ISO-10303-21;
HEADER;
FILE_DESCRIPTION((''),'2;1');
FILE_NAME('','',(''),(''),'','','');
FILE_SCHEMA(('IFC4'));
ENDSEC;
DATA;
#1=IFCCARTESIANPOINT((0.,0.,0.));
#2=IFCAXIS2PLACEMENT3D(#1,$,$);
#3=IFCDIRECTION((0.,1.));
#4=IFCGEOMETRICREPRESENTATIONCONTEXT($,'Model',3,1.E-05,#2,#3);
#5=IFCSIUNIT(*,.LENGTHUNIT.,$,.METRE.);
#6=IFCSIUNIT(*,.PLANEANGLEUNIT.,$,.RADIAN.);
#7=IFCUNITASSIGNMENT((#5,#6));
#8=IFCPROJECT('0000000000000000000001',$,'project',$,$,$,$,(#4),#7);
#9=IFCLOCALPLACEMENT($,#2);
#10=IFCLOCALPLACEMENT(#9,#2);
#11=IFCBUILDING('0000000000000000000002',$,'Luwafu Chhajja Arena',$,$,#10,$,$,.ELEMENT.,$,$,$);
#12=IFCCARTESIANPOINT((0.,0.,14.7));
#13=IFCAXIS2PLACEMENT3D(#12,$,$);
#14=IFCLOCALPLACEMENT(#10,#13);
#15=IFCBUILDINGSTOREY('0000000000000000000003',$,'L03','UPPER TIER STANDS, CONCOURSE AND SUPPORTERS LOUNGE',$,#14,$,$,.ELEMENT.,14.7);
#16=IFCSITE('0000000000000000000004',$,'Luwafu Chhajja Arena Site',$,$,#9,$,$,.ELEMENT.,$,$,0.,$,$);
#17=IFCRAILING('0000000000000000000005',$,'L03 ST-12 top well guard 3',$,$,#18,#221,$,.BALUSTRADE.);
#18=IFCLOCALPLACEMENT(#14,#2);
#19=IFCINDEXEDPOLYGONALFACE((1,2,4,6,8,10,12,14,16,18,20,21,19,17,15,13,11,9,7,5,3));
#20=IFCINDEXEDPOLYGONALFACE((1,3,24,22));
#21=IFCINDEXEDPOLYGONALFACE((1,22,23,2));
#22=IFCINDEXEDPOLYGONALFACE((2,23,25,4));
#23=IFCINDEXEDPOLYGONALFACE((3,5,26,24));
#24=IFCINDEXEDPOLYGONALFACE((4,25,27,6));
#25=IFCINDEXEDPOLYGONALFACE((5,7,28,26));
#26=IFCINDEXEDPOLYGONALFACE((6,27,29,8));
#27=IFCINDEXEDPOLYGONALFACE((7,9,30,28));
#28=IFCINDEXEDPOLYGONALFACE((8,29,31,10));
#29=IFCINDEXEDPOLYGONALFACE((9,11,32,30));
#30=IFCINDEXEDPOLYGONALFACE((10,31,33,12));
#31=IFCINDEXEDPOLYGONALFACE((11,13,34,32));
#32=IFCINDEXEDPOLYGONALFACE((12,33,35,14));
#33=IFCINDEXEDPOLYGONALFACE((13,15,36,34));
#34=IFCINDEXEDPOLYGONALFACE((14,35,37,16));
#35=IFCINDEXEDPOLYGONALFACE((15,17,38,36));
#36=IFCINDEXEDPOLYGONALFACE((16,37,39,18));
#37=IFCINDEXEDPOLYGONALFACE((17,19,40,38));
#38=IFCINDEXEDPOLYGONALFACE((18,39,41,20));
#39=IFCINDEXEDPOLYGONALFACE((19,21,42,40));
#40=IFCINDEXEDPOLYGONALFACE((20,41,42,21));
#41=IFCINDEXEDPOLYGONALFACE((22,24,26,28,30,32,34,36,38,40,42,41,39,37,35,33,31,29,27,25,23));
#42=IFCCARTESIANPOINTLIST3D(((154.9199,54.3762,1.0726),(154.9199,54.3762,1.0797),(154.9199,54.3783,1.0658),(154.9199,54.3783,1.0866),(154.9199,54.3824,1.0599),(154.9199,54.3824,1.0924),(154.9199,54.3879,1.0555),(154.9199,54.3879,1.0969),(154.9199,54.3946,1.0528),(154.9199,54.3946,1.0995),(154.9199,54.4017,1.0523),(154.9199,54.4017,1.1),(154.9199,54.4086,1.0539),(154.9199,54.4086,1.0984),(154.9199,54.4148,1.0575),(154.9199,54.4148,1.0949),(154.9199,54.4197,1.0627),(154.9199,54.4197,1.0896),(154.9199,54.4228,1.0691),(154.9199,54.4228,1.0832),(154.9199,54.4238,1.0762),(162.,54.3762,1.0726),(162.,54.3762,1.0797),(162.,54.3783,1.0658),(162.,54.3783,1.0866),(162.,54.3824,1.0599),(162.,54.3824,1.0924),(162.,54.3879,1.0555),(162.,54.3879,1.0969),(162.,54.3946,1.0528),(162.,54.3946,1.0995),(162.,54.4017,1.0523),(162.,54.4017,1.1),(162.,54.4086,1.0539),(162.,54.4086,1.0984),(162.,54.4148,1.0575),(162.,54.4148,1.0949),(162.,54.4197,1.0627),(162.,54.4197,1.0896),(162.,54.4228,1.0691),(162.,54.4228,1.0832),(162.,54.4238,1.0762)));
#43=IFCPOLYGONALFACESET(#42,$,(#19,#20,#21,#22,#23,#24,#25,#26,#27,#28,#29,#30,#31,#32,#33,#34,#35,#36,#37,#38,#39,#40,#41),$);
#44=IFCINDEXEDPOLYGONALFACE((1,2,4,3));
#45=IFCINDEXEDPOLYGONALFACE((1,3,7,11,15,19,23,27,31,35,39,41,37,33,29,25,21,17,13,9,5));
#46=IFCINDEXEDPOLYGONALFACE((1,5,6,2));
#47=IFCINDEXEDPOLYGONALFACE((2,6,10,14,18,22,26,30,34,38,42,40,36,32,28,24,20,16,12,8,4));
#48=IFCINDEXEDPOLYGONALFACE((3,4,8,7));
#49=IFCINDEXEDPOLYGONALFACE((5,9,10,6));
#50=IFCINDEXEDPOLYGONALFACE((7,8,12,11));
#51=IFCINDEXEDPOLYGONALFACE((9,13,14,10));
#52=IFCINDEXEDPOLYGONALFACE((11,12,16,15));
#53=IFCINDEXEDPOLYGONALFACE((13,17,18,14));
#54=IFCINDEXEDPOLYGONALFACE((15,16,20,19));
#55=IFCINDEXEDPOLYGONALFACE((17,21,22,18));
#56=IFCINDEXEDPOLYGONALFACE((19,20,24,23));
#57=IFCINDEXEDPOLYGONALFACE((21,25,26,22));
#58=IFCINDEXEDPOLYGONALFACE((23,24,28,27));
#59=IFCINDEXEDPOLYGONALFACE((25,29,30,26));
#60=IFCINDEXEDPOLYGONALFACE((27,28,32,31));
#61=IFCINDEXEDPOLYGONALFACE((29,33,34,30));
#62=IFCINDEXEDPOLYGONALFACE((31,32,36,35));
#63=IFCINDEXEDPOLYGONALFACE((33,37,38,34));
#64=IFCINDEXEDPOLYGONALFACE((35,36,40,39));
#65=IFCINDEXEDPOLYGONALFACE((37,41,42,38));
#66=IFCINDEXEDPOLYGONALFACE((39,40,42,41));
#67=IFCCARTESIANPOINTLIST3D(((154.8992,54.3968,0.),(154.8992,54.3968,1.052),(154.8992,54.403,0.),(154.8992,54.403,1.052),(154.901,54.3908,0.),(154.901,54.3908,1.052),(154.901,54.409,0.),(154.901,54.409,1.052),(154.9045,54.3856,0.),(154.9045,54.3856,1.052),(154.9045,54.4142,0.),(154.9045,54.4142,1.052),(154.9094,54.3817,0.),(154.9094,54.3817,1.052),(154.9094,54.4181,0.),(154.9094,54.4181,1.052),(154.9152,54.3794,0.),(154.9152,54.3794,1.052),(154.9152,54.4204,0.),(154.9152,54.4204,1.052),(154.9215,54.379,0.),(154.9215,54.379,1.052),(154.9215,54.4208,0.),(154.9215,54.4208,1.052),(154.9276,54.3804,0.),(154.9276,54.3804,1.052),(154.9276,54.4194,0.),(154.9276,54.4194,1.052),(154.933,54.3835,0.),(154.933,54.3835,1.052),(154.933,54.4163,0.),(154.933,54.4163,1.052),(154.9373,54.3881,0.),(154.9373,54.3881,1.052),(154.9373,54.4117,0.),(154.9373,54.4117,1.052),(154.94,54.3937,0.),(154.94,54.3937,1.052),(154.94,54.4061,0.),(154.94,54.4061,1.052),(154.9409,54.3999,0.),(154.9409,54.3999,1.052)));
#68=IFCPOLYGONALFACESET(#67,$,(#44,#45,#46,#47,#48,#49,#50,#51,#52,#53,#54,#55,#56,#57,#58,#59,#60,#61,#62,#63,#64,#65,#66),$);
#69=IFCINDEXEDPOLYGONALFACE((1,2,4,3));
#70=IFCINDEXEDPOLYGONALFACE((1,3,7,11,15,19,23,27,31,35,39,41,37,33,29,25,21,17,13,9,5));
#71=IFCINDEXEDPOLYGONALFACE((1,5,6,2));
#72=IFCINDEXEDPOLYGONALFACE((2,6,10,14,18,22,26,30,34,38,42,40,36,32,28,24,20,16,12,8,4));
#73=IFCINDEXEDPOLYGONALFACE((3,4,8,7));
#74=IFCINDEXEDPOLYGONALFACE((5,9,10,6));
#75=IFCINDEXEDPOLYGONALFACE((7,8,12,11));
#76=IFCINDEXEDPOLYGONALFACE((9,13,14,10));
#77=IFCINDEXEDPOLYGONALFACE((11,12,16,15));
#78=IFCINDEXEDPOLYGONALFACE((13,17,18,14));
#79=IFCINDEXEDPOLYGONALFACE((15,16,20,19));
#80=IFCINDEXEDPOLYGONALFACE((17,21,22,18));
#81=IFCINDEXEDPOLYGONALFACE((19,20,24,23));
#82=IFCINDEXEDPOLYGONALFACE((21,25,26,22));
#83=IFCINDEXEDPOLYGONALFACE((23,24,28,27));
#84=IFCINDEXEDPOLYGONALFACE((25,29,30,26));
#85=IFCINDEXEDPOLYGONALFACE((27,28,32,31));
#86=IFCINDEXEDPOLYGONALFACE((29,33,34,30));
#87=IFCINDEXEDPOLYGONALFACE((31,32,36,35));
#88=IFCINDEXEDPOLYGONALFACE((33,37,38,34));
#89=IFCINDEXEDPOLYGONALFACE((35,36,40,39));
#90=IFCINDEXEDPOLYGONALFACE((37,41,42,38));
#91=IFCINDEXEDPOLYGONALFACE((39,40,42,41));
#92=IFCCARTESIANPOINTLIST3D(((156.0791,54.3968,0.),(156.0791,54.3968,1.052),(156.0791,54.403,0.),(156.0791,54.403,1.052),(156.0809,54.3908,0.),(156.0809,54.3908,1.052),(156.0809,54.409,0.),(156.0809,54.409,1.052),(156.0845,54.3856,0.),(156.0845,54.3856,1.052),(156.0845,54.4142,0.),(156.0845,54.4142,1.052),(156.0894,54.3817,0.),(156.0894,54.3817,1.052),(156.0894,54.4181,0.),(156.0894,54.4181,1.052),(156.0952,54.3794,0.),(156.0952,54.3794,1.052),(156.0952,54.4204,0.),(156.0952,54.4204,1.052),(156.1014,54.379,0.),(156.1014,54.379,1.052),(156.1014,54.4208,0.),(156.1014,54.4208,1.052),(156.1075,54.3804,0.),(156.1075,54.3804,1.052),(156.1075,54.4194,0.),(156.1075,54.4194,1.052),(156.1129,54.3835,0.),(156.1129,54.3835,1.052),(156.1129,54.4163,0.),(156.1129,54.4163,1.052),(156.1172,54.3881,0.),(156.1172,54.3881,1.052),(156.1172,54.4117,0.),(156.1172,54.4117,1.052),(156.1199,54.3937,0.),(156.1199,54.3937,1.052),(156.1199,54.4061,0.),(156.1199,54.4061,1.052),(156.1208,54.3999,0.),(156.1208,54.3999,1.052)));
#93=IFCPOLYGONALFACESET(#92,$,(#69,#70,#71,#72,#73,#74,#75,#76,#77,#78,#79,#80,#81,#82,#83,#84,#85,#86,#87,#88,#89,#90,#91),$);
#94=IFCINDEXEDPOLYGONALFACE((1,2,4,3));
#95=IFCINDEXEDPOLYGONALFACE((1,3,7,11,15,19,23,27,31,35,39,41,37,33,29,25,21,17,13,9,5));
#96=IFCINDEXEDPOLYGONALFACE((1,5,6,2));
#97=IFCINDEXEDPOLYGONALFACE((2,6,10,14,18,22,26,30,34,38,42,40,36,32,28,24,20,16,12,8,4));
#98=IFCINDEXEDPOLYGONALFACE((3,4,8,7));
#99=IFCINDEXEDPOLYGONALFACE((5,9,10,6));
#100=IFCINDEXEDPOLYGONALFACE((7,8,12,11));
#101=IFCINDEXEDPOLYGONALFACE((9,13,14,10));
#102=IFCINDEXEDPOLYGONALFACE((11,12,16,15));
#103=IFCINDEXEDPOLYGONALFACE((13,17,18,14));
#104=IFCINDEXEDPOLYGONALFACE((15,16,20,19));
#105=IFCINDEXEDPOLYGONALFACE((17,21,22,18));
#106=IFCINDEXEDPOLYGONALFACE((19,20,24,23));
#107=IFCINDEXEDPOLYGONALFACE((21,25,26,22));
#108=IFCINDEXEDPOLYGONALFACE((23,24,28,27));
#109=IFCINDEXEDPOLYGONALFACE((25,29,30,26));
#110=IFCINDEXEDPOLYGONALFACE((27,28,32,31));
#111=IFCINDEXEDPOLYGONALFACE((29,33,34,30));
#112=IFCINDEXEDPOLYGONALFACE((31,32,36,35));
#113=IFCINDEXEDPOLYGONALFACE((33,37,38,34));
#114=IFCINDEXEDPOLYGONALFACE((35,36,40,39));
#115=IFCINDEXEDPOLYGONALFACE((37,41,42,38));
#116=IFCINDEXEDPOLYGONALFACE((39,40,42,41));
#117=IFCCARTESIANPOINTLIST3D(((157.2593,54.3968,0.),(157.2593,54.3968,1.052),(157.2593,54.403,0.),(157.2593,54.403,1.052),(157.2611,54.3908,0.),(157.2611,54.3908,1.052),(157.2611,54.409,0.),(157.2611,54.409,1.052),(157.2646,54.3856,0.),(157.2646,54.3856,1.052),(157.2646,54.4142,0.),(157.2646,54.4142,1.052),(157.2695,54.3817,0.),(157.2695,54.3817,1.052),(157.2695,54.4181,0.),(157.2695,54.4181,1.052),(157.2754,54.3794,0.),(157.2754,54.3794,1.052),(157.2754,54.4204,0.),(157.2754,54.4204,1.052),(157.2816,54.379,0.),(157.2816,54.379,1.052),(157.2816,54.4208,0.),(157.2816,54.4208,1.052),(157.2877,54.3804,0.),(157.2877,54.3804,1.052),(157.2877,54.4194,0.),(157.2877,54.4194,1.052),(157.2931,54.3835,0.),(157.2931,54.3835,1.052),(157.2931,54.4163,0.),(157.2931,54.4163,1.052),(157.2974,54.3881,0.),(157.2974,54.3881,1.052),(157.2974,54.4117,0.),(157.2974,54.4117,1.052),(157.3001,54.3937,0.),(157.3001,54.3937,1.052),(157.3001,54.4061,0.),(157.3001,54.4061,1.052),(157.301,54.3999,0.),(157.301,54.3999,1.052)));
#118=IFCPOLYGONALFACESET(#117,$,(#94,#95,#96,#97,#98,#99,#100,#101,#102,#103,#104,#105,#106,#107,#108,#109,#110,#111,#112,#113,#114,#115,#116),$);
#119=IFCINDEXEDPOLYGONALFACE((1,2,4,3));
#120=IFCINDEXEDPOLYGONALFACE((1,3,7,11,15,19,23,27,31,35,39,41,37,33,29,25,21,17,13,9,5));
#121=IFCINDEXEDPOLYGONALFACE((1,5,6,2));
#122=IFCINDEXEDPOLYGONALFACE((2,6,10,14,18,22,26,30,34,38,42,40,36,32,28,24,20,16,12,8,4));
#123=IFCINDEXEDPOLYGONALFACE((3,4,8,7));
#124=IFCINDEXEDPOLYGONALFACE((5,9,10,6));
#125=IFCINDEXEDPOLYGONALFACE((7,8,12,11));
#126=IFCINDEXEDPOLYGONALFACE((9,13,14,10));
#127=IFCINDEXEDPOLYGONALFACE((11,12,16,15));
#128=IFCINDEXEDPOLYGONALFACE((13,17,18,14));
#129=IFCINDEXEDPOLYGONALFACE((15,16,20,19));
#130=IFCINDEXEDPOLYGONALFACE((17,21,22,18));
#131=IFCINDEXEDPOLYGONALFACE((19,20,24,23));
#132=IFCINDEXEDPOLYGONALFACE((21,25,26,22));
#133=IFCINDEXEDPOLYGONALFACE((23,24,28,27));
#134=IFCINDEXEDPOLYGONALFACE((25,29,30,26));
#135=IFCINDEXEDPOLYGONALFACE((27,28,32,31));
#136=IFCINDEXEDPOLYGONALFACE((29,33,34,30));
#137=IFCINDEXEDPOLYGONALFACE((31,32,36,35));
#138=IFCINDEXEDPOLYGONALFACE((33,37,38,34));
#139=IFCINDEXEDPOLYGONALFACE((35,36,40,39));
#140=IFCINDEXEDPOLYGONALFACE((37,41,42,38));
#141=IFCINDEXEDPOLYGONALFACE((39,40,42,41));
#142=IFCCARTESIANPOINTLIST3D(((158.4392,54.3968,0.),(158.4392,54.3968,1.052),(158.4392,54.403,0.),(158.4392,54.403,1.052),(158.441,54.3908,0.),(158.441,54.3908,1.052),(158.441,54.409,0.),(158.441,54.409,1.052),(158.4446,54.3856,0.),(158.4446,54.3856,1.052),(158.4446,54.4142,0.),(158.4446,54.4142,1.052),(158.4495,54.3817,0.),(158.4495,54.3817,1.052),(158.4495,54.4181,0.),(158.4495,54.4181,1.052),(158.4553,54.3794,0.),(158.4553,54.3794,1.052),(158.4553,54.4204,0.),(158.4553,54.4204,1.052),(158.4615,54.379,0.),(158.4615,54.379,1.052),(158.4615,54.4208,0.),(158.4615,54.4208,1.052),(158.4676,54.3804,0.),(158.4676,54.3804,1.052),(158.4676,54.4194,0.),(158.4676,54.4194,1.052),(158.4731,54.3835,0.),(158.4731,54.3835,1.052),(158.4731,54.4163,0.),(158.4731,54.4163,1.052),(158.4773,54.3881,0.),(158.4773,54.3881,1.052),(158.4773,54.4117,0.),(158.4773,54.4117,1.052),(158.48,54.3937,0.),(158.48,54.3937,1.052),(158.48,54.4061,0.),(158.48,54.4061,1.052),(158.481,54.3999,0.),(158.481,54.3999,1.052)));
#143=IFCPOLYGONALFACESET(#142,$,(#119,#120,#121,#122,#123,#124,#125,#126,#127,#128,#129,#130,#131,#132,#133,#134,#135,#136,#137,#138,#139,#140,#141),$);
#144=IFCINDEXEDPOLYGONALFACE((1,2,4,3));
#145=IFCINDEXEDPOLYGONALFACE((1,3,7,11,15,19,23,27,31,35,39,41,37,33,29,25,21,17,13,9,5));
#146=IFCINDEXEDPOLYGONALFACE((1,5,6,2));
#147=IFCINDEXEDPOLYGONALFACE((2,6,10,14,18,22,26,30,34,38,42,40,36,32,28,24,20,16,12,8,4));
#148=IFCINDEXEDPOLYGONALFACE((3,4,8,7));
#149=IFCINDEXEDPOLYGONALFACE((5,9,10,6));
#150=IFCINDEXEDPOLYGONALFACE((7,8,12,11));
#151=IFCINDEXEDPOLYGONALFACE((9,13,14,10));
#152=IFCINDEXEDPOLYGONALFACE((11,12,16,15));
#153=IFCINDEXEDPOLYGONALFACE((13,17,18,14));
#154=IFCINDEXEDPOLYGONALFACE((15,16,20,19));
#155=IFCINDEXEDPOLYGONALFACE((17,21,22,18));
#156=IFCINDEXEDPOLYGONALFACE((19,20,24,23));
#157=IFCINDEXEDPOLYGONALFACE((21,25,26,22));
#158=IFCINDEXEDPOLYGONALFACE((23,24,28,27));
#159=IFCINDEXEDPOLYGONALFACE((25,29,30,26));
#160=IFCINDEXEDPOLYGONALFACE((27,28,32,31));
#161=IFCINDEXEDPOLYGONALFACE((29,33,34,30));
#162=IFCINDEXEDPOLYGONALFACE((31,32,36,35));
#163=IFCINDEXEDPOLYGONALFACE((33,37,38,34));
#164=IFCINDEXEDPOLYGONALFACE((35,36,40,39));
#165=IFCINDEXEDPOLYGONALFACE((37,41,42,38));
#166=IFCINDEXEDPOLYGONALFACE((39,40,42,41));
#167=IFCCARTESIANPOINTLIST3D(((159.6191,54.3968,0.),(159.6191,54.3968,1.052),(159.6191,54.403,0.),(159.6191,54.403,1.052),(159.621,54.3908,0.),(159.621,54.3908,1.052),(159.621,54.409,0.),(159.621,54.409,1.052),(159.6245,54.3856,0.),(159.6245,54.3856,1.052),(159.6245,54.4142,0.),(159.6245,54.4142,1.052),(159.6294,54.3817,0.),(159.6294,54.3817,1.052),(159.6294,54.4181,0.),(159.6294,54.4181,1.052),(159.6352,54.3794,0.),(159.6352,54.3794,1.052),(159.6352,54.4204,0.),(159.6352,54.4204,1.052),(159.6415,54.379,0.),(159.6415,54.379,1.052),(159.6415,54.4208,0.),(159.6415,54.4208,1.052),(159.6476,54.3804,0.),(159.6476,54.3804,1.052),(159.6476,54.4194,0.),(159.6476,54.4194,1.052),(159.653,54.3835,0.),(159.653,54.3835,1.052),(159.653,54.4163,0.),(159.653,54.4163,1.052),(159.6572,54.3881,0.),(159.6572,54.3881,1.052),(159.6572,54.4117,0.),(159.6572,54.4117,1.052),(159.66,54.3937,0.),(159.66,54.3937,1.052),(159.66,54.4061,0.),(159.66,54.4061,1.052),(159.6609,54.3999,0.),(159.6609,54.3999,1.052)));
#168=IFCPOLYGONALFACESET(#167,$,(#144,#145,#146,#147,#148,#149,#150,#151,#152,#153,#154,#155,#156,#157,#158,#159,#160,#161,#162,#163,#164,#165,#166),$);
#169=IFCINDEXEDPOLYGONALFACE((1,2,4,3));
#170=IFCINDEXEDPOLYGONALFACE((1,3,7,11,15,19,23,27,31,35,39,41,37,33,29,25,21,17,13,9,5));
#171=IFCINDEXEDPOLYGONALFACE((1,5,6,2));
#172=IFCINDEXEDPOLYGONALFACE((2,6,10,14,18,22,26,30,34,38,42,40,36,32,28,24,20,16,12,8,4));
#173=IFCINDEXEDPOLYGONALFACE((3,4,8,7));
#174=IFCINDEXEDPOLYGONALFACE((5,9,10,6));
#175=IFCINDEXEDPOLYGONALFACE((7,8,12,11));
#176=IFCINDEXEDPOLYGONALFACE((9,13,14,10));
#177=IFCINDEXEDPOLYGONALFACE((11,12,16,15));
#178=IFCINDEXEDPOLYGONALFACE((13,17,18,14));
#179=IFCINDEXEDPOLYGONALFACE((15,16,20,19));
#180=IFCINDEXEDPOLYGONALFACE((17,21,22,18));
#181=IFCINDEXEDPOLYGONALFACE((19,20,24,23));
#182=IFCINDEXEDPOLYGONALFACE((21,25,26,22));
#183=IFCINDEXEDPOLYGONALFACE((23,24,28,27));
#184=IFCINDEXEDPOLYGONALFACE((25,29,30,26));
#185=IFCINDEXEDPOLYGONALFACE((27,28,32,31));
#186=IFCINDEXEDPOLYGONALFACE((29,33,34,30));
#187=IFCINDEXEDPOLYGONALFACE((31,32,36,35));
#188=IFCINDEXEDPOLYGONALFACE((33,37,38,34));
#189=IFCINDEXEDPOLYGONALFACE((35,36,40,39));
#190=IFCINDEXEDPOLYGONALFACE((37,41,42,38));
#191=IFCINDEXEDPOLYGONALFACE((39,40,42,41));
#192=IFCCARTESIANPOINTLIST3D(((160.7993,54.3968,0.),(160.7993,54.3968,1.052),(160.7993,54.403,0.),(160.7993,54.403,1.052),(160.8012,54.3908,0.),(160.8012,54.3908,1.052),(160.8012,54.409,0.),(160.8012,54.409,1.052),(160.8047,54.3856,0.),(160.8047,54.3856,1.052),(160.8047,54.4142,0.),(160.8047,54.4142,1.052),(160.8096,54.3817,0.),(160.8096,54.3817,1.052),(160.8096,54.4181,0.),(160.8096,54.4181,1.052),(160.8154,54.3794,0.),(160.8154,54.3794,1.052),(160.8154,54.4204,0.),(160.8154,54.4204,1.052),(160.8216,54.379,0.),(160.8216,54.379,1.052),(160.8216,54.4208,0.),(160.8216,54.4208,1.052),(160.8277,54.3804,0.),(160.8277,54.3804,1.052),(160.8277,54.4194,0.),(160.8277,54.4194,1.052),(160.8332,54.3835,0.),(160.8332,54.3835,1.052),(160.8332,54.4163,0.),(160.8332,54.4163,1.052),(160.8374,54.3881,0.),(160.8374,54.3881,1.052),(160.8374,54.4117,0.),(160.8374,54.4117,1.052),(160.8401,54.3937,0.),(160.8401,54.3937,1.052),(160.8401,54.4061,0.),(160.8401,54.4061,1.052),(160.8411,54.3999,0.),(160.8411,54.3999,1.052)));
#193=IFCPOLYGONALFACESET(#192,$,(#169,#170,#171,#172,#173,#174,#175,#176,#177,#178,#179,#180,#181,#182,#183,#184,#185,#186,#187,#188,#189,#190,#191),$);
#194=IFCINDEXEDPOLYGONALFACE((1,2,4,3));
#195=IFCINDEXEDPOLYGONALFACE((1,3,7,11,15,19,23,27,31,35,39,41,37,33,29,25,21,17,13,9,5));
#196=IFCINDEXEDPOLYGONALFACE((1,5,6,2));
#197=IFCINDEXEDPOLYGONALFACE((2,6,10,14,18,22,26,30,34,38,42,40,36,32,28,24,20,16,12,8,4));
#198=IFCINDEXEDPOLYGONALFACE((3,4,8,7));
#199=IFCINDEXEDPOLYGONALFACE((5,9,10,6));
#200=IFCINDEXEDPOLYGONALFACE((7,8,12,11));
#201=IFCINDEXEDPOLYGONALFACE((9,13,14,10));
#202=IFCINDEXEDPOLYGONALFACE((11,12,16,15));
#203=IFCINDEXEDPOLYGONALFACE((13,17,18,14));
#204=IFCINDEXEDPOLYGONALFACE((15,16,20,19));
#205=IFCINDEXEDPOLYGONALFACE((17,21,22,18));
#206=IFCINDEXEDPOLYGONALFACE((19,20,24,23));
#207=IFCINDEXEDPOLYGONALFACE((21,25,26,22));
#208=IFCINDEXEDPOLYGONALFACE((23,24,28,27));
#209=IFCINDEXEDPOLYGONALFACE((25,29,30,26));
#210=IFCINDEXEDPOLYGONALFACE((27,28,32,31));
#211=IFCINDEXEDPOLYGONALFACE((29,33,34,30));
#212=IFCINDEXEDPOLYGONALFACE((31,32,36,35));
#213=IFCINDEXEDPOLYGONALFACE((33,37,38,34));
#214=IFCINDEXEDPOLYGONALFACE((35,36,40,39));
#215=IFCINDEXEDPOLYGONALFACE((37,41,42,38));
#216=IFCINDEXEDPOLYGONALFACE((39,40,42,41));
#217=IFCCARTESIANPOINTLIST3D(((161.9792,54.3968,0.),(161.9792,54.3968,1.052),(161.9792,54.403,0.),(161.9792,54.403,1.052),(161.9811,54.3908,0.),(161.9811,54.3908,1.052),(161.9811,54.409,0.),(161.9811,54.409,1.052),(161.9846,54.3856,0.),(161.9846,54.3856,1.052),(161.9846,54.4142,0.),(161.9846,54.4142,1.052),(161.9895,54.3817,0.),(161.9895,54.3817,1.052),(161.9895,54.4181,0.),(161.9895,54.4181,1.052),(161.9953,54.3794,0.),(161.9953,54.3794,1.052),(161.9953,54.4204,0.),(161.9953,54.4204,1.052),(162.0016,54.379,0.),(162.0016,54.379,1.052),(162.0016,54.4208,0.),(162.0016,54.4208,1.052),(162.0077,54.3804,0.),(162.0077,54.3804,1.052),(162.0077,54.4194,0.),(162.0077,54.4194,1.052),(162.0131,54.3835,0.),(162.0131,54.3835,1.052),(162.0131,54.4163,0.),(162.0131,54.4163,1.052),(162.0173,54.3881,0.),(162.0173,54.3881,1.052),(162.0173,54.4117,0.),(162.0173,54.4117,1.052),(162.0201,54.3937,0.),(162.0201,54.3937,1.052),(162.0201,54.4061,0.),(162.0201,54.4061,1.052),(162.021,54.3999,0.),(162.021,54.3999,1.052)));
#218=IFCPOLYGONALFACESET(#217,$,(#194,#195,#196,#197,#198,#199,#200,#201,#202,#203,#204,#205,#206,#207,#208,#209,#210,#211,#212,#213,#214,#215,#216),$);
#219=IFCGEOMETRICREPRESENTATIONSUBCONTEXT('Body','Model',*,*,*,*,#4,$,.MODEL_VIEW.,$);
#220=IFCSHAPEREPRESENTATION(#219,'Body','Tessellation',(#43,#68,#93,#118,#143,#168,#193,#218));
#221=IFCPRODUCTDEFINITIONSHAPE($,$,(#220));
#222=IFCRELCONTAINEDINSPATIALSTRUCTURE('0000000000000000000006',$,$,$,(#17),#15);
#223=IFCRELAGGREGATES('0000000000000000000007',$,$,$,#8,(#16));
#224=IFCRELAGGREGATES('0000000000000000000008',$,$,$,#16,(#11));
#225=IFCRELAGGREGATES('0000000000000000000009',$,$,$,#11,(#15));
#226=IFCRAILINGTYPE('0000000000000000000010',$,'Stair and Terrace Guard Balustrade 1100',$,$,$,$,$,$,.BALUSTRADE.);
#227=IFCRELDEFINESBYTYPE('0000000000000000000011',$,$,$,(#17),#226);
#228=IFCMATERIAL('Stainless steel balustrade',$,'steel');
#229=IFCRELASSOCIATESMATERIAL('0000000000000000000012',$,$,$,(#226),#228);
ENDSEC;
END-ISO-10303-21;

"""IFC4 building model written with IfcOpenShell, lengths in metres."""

from ifc_helpers import new_model, si_unit, direction, frame, origin, origin_2d, place, context, subcontext, project, spatial, circle, extrude, material, type_object, element, save


model = new_model("IFC4")

# Units and contexts
model_context = context("Model", 3, precision=1e-05, world=origin(), true_north=direction((0.0, 1.0)))
body_context = subcontext(model_context, "Body", "Model", "MODEL_VIEW")
ifc_project = project(units=[si_unit("LENGTHUNIT", "METRE"), si_unit("PLANEANGLEUNIT", "RADIAN")], contexts=[model_context])

# Site, building, storey
site_placement = place(None, origin())
site = spatial("IfcSite", under=ifc_project, at=site_placement, Name="Luwafu Chhajja Arena Site", CompositionType="ELEMENT", RefElevation=0.0)
building_placement = place(site_placement, origin())
building = spatial("IfcBuilding", under=site, at=building_placement, Name="Luwafu Chhajja Arena", CompositionType="ELEMENT")
storey_placement = place(building_placement, frame((0.0, 0.0, 14.7)))
storey = spatial("IfcBuildingStorey", under=building, at=storey_placement, Name="L03", Description="UPPER TIER STANDS, CONCOURSE AND SUPPORTERS LOUNGE", CompositionType="ELEMENT", Elevation=14.7)

# Railing
ifc_material_1 = material(Name="Stainless steel balustrade", Category="steel")
railing_type = type_object("IfcRailingType", Name="Stair and Terrace Guard Balustrade 1100", PredefinedType="BALUSTRADE", material=ifc_material_1)
for number, where, name in (
    (1, (154.9199, 54.3999, 0.0), "L03 ST-12 top well guard 3"),
):
    element("IfcRailing", number, at=place(storey_placement, frame(where)), inside=storey, type_object=railing_type, Name=name, PredefinedType="BALUSTRADE", context=body_context, shape_type="SweptSolid", body=[
        extrude(circle(Radius=0.0239, at=origin_2d()), frame((0.0, 0.0, 1.0762), z_axis=(1.0, 0.0, 0.0), x_axis=(0.0, 1.0, 0.0)), (0.0, 0.0, 1.0), 7.0801),
        extrude(circle(Radius=0.021, at=origin_2d()), origin(), (0.0, 0.0, 1.0), 1.052),
        extrude(circle(Radius=0.021, at=origin_2d()), frame((1.1799, 0.0, 0.0)), (0.0, 0.0, 1.0), 1.052),
        extrude(circle(Radius=0.021, at=origin_2d()), frame((2.3601, 0.0, 0.0)), (0.0, 0.0, 1.0), 1.052),
        extrude(circle(Radius=0.021, at=origin_2d()), frame((3.54, 0.0, 0.0)), (0.0, 0.0, 1.0), 1.052),
        extrude(circle(Radius=0.021, at=origin_2d()), frame((4.72, 0.0, 0.0)), (0.0, 0.0, 1.0), 1.052),
        extrude(circle(Radius=0.021, at=origin_2d()), frame((5.9001, 0.0, 0.0)), (0.0, 0.0, 1.0), 1.052),
        extrude(circle(Radius=0.021, at=origin_2d()), frame((7.0801, 0.0, 0.0)), (0.0, 0.0, 1.0), 1.052),
    ])

save(model, "model.ifc")
